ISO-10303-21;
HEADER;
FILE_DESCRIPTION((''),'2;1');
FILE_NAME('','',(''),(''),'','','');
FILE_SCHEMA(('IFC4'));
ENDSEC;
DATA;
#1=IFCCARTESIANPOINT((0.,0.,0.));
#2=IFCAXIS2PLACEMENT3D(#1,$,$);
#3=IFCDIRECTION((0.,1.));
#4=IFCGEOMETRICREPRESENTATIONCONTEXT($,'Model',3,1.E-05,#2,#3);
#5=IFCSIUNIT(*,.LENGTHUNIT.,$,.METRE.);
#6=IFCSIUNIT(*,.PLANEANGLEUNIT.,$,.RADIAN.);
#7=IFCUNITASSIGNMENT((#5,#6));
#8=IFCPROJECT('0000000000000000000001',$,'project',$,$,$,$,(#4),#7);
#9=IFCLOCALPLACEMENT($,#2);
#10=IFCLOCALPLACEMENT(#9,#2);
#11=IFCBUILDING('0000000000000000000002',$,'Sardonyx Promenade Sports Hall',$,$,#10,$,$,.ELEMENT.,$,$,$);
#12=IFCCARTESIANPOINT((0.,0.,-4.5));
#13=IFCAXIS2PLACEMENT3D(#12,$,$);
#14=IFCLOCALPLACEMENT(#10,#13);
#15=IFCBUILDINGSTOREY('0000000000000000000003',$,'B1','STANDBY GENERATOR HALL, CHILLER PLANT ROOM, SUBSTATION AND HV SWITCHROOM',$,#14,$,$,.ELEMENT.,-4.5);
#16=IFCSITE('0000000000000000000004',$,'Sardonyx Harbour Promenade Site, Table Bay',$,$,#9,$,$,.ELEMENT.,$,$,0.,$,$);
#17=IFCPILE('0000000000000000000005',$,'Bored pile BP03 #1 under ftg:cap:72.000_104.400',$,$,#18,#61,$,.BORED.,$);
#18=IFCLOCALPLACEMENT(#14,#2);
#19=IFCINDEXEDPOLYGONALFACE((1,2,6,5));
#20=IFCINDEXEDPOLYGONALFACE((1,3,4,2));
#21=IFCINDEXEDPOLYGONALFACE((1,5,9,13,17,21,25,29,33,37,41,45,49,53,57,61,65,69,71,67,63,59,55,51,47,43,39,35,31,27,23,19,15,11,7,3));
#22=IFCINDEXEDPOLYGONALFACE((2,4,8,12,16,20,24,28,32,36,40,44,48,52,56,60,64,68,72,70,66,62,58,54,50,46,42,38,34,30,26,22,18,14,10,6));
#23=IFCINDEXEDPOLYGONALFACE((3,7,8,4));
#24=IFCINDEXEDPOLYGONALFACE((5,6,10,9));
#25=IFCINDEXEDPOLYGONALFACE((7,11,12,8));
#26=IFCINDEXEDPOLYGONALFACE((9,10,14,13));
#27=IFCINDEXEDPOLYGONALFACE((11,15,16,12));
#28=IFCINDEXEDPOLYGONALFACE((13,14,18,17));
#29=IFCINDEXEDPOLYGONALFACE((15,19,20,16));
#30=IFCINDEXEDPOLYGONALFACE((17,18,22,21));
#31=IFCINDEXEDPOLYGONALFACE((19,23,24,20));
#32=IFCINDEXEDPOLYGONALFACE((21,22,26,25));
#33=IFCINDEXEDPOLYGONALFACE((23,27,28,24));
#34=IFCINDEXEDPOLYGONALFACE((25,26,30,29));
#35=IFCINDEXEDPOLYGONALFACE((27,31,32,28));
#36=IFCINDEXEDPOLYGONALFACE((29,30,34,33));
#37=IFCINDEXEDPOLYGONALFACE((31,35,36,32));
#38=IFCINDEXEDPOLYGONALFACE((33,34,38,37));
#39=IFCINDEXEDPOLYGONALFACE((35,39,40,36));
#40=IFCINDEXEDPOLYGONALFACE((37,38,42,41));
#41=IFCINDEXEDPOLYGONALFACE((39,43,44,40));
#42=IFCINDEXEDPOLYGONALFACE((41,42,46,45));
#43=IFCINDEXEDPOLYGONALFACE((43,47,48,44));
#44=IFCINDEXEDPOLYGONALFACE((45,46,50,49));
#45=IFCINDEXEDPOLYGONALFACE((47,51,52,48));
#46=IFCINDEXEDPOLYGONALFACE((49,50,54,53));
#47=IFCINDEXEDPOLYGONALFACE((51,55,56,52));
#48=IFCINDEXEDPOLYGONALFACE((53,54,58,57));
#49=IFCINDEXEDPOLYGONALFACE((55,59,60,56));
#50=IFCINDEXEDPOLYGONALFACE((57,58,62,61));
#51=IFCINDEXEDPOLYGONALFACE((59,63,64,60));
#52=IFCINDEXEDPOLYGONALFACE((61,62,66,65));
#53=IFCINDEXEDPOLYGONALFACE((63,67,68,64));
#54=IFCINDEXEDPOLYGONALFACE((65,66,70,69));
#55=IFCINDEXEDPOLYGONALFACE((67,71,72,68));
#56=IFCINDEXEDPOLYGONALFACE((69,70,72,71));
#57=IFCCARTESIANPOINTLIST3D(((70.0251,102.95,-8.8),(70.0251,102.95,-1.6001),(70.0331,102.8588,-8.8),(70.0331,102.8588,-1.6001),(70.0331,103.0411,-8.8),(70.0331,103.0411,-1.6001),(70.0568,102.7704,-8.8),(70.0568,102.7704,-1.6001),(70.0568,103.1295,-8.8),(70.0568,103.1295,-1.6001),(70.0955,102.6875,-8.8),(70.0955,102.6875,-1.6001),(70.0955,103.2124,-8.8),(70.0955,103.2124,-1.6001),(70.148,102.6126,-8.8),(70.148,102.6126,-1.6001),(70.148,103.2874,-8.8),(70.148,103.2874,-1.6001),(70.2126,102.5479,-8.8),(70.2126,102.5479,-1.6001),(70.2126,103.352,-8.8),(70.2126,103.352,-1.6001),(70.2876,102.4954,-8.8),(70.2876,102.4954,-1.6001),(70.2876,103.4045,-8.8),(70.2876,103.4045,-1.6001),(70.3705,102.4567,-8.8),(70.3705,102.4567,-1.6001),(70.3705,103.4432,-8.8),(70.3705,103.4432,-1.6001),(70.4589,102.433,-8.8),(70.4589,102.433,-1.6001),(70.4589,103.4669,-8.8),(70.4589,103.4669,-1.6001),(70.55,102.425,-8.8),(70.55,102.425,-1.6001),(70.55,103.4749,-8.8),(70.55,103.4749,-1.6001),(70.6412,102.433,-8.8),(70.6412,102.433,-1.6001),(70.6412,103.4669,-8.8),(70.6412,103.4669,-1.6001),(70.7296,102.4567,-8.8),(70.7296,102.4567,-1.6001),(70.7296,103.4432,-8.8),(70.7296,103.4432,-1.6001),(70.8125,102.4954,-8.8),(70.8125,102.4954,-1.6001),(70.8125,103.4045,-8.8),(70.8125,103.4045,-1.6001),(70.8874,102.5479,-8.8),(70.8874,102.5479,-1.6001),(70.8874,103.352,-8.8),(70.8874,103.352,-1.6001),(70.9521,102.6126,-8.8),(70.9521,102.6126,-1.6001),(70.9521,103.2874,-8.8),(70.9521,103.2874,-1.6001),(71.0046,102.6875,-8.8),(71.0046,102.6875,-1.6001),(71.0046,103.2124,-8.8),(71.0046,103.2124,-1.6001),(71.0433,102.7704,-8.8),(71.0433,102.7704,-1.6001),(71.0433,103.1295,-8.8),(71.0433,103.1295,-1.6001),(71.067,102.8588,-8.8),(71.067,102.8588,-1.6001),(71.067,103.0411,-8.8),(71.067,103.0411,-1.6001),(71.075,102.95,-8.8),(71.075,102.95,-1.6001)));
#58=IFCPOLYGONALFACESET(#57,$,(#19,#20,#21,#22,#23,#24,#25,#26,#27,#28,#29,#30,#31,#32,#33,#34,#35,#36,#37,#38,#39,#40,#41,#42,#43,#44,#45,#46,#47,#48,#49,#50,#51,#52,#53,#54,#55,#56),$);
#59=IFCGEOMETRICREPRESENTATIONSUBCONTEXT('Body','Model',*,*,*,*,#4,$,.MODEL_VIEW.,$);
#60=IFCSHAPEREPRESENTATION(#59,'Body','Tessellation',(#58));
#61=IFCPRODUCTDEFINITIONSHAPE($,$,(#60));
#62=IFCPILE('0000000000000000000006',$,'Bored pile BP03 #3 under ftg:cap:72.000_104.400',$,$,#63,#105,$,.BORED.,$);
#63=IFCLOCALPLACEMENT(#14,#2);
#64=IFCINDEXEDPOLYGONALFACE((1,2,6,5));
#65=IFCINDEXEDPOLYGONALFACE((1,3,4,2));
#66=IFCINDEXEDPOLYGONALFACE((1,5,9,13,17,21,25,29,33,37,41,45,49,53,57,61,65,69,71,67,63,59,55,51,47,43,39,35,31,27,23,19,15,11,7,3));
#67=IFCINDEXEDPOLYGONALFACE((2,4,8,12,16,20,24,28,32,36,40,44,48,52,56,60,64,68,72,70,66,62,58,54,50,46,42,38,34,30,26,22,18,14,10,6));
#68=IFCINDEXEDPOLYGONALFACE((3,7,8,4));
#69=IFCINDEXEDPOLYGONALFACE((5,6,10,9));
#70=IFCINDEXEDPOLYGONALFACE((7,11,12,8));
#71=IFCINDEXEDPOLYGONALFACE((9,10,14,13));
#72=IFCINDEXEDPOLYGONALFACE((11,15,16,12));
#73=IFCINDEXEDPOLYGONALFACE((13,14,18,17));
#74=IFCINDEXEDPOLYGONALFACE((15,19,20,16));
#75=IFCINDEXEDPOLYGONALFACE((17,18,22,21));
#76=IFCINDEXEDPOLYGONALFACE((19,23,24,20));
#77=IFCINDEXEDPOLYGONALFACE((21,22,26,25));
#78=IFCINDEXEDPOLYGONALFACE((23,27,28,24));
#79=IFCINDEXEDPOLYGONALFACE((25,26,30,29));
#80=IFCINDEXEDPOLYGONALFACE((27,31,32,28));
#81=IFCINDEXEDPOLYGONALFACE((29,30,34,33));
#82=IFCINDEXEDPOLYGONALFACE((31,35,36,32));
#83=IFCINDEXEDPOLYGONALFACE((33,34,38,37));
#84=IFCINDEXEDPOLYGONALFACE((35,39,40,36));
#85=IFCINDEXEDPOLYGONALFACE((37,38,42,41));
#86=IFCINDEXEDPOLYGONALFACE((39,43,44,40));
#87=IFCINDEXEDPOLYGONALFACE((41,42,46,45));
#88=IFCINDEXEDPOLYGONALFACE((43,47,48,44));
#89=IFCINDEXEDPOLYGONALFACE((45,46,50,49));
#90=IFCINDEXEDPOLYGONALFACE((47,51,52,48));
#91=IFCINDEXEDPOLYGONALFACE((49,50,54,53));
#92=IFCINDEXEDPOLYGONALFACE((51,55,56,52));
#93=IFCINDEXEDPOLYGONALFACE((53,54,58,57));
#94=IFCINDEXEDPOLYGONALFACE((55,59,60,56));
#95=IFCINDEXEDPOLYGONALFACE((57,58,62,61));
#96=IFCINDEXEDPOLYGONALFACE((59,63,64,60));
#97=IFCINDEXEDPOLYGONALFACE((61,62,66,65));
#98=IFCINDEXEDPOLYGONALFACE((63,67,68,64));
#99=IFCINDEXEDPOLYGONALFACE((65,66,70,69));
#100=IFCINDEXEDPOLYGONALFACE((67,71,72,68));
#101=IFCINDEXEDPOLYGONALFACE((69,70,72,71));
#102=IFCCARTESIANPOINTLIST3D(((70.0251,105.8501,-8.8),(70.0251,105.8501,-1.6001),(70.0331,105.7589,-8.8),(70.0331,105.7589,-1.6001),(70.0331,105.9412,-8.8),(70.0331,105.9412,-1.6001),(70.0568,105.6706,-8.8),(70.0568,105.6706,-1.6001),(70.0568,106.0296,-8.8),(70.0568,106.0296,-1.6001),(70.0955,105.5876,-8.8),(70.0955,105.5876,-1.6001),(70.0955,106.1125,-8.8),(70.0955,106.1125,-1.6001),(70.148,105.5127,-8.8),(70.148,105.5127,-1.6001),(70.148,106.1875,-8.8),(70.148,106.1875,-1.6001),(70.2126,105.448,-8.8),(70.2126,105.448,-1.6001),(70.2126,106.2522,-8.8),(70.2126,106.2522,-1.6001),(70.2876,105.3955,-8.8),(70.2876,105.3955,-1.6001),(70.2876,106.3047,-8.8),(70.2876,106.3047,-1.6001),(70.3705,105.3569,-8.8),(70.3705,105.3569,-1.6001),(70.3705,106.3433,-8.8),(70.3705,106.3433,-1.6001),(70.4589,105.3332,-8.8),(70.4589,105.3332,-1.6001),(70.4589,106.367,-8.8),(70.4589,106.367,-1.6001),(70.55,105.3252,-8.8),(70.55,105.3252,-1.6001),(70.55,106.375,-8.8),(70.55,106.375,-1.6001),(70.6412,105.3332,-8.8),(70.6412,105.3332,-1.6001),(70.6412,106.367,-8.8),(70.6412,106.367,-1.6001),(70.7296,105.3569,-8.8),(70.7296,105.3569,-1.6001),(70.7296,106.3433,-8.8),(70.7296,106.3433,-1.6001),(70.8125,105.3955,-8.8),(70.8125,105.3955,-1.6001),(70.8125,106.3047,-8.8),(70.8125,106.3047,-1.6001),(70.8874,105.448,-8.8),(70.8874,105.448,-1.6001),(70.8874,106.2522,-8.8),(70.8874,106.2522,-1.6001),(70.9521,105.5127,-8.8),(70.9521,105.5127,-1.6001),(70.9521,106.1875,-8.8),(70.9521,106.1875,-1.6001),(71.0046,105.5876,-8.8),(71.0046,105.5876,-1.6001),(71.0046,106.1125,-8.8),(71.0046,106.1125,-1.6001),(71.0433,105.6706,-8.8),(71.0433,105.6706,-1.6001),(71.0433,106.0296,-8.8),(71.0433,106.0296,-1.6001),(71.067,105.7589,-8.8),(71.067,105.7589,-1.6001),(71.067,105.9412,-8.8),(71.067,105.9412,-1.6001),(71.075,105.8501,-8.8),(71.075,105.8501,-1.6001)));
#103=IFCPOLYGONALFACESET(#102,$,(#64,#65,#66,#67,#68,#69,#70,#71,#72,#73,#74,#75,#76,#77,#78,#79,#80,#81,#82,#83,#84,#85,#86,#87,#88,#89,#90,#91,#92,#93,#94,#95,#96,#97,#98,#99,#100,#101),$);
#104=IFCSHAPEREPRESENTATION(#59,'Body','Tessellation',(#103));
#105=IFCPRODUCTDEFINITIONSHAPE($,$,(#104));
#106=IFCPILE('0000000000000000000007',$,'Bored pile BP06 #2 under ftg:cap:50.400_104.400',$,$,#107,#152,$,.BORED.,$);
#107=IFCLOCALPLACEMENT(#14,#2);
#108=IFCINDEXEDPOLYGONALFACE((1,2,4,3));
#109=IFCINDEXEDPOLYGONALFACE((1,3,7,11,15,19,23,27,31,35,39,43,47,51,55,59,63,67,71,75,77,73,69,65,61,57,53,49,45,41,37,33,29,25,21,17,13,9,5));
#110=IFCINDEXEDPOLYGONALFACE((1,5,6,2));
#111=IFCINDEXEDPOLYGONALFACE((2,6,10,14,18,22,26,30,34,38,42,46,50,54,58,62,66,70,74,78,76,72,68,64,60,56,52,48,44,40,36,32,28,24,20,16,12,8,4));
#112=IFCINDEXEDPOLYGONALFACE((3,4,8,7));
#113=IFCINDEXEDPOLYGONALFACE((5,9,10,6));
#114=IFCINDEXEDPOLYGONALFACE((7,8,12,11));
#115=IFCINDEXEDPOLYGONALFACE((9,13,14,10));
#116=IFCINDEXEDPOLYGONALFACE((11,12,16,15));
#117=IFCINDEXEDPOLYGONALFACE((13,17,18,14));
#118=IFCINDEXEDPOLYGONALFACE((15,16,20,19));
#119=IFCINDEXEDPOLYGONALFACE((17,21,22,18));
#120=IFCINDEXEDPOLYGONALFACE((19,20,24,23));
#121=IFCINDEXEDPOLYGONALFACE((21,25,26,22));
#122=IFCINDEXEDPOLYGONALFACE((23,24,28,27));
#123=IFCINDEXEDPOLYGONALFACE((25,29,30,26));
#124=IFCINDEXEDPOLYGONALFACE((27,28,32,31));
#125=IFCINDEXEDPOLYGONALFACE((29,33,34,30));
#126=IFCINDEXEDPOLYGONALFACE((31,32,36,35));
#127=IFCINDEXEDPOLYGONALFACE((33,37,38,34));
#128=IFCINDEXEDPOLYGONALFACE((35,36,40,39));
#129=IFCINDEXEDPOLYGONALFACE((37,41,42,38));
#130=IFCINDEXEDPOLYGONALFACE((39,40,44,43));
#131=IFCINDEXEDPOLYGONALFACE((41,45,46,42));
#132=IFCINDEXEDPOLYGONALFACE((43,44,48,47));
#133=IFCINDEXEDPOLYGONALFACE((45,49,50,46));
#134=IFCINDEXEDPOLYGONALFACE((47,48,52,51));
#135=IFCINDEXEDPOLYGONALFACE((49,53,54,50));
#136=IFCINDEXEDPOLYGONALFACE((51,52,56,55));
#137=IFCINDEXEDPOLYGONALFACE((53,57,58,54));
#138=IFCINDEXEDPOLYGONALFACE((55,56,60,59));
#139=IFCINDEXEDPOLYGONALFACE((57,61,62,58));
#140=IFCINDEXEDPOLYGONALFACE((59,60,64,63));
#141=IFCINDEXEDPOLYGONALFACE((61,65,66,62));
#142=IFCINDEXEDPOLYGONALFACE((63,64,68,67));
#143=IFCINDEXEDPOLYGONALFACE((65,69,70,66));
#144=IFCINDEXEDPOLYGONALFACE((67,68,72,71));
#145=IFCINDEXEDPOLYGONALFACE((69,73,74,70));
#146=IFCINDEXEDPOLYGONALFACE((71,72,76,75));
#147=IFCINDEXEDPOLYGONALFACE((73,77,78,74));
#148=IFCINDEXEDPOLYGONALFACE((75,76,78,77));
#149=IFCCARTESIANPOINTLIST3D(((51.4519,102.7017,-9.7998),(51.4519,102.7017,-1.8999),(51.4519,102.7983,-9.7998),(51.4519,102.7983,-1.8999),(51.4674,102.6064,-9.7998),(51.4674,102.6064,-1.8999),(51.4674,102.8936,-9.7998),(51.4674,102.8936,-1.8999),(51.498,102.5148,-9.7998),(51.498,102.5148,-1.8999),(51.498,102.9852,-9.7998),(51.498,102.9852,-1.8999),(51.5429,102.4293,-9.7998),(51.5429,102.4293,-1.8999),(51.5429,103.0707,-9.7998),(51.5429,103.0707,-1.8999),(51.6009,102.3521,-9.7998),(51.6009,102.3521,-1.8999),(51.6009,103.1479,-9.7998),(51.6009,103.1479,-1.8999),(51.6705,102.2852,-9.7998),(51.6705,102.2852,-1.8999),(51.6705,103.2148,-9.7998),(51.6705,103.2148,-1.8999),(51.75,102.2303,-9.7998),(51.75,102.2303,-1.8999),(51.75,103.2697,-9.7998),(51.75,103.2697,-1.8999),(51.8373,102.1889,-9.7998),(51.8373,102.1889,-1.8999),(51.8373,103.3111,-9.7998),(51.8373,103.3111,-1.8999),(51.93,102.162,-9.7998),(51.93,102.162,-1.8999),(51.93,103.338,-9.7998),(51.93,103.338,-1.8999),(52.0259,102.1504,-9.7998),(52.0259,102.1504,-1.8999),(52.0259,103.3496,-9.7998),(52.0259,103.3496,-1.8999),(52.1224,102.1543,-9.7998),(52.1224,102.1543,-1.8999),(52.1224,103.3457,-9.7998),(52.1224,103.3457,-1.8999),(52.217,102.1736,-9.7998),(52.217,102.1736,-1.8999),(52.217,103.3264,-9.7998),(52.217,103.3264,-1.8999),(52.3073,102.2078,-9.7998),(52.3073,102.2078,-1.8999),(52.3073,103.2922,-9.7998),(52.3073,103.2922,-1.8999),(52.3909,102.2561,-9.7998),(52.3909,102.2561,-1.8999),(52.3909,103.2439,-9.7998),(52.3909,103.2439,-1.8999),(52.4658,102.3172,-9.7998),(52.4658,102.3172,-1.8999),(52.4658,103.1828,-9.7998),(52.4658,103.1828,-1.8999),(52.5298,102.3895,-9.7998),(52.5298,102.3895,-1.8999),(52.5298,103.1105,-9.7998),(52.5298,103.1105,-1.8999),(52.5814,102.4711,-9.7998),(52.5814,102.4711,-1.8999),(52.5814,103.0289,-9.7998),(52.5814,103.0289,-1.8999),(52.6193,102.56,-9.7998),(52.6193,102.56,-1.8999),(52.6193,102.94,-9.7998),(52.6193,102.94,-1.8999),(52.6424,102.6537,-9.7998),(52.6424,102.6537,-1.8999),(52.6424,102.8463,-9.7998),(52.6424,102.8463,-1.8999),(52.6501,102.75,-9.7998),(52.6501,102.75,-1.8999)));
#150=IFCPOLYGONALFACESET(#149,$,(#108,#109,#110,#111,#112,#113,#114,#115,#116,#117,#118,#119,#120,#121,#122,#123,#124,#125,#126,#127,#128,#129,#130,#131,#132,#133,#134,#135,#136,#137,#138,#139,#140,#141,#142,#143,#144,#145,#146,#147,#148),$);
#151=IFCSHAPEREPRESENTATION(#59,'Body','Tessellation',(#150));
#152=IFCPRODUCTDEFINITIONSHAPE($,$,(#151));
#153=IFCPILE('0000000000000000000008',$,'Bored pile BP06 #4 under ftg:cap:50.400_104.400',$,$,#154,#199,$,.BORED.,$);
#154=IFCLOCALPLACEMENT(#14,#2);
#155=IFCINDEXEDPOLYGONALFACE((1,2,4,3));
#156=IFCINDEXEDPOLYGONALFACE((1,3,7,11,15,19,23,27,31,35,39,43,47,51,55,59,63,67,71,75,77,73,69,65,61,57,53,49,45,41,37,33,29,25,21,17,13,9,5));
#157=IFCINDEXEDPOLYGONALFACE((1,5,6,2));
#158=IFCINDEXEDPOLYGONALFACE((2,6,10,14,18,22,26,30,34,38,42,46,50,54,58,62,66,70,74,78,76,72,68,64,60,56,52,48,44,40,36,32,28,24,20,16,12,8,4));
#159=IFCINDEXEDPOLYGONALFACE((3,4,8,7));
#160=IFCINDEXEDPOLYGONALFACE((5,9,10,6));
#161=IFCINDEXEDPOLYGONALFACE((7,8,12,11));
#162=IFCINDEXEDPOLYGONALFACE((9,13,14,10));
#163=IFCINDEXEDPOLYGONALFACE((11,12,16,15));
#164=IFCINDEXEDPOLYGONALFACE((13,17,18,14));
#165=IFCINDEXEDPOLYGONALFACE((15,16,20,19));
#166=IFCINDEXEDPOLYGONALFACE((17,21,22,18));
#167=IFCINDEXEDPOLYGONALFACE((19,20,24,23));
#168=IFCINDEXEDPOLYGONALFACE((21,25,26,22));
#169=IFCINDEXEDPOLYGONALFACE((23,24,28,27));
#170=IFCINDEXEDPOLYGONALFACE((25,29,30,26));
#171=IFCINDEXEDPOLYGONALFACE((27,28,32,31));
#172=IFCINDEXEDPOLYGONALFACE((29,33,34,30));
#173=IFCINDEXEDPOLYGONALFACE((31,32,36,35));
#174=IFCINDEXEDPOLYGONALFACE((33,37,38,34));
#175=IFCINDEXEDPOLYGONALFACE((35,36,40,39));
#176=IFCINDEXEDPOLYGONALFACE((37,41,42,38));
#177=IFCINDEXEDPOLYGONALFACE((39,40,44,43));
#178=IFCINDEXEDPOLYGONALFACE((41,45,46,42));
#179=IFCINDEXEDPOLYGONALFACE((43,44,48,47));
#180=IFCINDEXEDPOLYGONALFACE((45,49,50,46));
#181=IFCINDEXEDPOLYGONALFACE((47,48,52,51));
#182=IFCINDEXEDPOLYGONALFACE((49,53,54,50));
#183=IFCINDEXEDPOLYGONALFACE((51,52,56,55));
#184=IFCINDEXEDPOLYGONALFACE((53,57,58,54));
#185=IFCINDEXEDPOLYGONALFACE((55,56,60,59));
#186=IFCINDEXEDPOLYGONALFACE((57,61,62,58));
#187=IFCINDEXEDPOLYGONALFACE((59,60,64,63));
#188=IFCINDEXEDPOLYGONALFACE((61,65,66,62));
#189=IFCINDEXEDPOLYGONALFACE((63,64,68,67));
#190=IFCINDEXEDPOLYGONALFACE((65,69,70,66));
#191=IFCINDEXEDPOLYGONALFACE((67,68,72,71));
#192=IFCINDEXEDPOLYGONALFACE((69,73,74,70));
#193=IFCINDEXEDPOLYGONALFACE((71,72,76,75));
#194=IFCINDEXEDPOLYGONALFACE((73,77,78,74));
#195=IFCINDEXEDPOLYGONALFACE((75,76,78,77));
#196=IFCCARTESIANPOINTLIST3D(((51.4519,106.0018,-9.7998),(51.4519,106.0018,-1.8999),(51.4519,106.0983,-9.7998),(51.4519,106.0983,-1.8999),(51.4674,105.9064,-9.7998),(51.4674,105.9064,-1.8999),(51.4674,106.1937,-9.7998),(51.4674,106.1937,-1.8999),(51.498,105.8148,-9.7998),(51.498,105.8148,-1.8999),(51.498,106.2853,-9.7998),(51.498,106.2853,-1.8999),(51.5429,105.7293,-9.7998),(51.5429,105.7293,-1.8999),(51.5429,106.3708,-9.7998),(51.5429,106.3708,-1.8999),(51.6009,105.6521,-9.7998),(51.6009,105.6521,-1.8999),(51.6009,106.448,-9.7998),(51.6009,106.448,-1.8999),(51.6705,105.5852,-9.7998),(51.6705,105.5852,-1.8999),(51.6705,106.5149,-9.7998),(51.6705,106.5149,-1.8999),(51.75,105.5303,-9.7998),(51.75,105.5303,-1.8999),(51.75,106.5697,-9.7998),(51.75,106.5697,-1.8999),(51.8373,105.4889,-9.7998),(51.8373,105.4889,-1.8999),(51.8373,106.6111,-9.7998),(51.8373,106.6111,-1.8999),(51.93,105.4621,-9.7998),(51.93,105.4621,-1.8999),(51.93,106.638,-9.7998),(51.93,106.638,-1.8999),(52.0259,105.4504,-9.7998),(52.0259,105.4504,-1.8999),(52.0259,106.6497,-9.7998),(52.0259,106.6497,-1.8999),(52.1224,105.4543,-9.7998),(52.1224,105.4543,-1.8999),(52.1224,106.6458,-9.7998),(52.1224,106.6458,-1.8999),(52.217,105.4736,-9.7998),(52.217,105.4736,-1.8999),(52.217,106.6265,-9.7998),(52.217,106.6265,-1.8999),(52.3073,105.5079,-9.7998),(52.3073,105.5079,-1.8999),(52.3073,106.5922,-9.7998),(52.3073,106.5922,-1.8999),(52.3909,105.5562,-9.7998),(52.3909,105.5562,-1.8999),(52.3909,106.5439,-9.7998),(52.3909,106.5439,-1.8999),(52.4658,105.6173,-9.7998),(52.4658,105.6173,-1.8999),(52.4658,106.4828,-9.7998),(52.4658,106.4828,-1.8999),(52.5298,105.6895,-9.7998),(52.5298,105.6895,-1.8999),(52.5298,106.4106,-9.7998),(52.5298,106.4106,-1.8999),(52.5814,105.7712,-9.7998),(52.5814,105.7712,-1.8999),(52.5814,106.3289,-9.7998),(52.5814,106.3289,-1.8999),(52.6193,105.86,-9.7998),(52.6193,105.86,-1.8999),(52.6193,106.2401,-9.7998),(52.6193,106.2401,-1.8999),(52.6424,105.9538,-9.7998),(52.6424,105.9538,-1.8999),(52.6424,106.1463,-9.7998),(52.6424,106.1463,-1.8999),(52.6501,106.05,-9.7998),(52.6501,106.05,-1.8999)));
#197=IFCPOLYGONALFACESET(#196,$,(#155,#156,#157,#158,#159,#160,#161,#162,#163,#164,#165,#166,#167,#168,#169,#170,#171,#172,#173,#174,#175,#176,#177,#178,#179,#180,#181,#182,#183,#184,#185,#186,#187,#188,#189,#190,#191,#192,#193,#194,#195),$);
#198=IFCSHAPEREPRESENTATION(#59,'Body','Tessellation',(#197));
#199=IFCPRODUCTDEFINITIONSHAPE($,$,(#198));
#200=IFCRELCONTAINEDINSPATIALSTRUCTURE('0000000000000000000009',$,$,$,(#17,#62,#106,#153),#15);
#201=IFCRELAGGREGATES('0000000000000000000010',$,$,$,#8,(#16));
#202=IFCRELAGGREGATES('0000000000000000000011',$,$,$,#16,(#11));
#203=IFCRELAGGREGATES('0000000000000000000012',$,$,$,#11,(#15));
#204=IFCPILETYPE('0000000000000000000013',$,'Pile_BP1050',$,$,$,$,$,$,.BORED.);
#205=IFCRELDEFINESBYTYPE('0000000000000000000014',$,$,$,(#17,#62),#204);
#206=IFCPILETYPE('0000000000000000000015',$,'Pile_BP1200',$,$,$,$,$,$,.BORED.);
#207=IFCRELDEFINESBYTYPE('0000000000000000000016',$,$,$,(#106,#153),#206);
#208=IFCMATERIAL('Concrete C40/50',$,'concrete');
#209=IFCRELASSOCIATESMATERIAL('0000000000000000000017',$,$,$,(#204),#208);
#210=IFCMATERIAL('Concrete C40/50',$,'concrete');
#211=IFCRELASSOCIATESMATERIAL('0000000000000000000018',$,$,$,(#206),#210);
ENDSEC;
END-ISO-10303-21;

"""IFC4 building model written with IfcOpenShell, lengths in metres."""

from ifc_helpers import new_model, si_unit, direction, frame, origin, origin_2d, place, context, subcontext, project, spatial, circle, extrude, material, material_profile, profile_set, type_object, element, save


model = new_model("IFC4")

# Units and contexts
model_context = context("Model", 3, precision=1e-05, world=origin(), true_north=direction((0.0, 1.0)))
body_context = subcontext(model_context, "Body", "Model", "MODEL_VIEW")
ifc_project = project(units=[si_unit("LENGTHUNIT", "METRE"), si_unit("PLANEANGLEUNIT", "RADIAN")], contexts=[model_context])

# Site, building, storey
site_placement = place(None, origin())
site = spatial("IfcSite", under=ifc_project, at=site_placement, Name="Sardonyx Harbour Promenade Site, Table Bay", CompositionType="ELEMENT", RefElevation=0.0)
building_placement = place(site_placement, origin())
building = spatial("IfcBuilding", under=site, at=building_placement, Name="Sardonyx Promenade Sports Hall", CompositionType="ELEMENT")
storey_placement = place(building_placement, frame((0.0, 0.0, -4.5)))
storey = spatial("IfcBuildingStorey", under=building, at=storey_placement, Name="B1", Description="STANDBY GENERATOR HALL, CHILLER PLANT ROOM, SUBSTATION AND HV SWITCHROOM", CompositionType="ELEMENT", Elevation=-4.5)

# Piles
ifc_material_1 = material(Name="Concrete C40/50", Category="concrete")
ifc_material_profile_1 = material_profile(ifc_material_1, circle(Radius=0.5249, at=origin_2d()))
ifc_profile_set_1 = profile_set([ifc_material_profile_1], Name="Concrete C40/50")
pile_type_1 = type_object("IfcPileType", Name="Pile_BP1050", PredefinedType="BORED", material=ifc_profile_set_1)
for number, where, z_axis, x_axis, name in (
    (1, (70.55, 102.95, -1.6001), (0.0, 0.0, -1.0), (1.0, 0.0, 0.0), "Bored pile BP03 #1 under ftg:cap:72.000_104.400"),
    (2, (70.55, 105.8501, -1.6001), (0.0, 0.0, -1.0), (1.0, 0.0, 0.0), "Bored pile BP03 #3 under ftg:cap:72.000_104.400"),
):
    element("IfcPile", number, at=place(storey_placement, frame(where, z_axis=z_axis, x_axis=x_axis)), inside=storey, type_object=pile_type_1, Name=name, PredefinedType="BORED", context=body_context, shape_type="SweptSolid", body=[
        extrude(circle(Radius=0.5249, at=origin_2d()), origin(), (0.0, 0.0, 1.0), 7.2),
    ])
ifc_material_2 = material(Name="Concrete C40/50", Category="concrete")
ifc_material_profile_2 = material_profile(ifc_material_2, circle(Radius=0.6001, at=origin_2d()))
ifc_profile_set_2 = profile_set([ifc_material_profile_2], Name="Concrete C40/50")
pile_type_2 = type_object("IfcPileType", Name="Pile_BP1200", PredefinedType="BORED", material=ifc_profile_set_2)
for number, where, z_axis, x_axis, name in (
    (3, (52.05, 102.75, -1.8999), (0.0, 0.0, -1.0), (1.0, 0.0, 0.0), "Bored pile BP06 #2 under ftg:cap:50.400_104.400"),
    (4, (52.05, 106.05, -1.8999), (0.0, 0.0, -1.0), (1.0, 0.0, 0.0), "Bored pile BP06 #4 under ftg:cap:50.400_104.400"),
):
    element("IfcPile", number, at=place(storey_placement, frame(where, z_axis=z_axis, x_axis=x_axis)), inside=storey, type_object=pile_type_2, Name=name, PredefinedType="BORED", context=body_context, shape_type="SweptSolid", body=[
        extrude(circle(Radius=0.6001, at=origin_2d()), origin(), (0.0, 0.0, 1.0), 7.8999),
    ])

save(model, "model.ifc")
